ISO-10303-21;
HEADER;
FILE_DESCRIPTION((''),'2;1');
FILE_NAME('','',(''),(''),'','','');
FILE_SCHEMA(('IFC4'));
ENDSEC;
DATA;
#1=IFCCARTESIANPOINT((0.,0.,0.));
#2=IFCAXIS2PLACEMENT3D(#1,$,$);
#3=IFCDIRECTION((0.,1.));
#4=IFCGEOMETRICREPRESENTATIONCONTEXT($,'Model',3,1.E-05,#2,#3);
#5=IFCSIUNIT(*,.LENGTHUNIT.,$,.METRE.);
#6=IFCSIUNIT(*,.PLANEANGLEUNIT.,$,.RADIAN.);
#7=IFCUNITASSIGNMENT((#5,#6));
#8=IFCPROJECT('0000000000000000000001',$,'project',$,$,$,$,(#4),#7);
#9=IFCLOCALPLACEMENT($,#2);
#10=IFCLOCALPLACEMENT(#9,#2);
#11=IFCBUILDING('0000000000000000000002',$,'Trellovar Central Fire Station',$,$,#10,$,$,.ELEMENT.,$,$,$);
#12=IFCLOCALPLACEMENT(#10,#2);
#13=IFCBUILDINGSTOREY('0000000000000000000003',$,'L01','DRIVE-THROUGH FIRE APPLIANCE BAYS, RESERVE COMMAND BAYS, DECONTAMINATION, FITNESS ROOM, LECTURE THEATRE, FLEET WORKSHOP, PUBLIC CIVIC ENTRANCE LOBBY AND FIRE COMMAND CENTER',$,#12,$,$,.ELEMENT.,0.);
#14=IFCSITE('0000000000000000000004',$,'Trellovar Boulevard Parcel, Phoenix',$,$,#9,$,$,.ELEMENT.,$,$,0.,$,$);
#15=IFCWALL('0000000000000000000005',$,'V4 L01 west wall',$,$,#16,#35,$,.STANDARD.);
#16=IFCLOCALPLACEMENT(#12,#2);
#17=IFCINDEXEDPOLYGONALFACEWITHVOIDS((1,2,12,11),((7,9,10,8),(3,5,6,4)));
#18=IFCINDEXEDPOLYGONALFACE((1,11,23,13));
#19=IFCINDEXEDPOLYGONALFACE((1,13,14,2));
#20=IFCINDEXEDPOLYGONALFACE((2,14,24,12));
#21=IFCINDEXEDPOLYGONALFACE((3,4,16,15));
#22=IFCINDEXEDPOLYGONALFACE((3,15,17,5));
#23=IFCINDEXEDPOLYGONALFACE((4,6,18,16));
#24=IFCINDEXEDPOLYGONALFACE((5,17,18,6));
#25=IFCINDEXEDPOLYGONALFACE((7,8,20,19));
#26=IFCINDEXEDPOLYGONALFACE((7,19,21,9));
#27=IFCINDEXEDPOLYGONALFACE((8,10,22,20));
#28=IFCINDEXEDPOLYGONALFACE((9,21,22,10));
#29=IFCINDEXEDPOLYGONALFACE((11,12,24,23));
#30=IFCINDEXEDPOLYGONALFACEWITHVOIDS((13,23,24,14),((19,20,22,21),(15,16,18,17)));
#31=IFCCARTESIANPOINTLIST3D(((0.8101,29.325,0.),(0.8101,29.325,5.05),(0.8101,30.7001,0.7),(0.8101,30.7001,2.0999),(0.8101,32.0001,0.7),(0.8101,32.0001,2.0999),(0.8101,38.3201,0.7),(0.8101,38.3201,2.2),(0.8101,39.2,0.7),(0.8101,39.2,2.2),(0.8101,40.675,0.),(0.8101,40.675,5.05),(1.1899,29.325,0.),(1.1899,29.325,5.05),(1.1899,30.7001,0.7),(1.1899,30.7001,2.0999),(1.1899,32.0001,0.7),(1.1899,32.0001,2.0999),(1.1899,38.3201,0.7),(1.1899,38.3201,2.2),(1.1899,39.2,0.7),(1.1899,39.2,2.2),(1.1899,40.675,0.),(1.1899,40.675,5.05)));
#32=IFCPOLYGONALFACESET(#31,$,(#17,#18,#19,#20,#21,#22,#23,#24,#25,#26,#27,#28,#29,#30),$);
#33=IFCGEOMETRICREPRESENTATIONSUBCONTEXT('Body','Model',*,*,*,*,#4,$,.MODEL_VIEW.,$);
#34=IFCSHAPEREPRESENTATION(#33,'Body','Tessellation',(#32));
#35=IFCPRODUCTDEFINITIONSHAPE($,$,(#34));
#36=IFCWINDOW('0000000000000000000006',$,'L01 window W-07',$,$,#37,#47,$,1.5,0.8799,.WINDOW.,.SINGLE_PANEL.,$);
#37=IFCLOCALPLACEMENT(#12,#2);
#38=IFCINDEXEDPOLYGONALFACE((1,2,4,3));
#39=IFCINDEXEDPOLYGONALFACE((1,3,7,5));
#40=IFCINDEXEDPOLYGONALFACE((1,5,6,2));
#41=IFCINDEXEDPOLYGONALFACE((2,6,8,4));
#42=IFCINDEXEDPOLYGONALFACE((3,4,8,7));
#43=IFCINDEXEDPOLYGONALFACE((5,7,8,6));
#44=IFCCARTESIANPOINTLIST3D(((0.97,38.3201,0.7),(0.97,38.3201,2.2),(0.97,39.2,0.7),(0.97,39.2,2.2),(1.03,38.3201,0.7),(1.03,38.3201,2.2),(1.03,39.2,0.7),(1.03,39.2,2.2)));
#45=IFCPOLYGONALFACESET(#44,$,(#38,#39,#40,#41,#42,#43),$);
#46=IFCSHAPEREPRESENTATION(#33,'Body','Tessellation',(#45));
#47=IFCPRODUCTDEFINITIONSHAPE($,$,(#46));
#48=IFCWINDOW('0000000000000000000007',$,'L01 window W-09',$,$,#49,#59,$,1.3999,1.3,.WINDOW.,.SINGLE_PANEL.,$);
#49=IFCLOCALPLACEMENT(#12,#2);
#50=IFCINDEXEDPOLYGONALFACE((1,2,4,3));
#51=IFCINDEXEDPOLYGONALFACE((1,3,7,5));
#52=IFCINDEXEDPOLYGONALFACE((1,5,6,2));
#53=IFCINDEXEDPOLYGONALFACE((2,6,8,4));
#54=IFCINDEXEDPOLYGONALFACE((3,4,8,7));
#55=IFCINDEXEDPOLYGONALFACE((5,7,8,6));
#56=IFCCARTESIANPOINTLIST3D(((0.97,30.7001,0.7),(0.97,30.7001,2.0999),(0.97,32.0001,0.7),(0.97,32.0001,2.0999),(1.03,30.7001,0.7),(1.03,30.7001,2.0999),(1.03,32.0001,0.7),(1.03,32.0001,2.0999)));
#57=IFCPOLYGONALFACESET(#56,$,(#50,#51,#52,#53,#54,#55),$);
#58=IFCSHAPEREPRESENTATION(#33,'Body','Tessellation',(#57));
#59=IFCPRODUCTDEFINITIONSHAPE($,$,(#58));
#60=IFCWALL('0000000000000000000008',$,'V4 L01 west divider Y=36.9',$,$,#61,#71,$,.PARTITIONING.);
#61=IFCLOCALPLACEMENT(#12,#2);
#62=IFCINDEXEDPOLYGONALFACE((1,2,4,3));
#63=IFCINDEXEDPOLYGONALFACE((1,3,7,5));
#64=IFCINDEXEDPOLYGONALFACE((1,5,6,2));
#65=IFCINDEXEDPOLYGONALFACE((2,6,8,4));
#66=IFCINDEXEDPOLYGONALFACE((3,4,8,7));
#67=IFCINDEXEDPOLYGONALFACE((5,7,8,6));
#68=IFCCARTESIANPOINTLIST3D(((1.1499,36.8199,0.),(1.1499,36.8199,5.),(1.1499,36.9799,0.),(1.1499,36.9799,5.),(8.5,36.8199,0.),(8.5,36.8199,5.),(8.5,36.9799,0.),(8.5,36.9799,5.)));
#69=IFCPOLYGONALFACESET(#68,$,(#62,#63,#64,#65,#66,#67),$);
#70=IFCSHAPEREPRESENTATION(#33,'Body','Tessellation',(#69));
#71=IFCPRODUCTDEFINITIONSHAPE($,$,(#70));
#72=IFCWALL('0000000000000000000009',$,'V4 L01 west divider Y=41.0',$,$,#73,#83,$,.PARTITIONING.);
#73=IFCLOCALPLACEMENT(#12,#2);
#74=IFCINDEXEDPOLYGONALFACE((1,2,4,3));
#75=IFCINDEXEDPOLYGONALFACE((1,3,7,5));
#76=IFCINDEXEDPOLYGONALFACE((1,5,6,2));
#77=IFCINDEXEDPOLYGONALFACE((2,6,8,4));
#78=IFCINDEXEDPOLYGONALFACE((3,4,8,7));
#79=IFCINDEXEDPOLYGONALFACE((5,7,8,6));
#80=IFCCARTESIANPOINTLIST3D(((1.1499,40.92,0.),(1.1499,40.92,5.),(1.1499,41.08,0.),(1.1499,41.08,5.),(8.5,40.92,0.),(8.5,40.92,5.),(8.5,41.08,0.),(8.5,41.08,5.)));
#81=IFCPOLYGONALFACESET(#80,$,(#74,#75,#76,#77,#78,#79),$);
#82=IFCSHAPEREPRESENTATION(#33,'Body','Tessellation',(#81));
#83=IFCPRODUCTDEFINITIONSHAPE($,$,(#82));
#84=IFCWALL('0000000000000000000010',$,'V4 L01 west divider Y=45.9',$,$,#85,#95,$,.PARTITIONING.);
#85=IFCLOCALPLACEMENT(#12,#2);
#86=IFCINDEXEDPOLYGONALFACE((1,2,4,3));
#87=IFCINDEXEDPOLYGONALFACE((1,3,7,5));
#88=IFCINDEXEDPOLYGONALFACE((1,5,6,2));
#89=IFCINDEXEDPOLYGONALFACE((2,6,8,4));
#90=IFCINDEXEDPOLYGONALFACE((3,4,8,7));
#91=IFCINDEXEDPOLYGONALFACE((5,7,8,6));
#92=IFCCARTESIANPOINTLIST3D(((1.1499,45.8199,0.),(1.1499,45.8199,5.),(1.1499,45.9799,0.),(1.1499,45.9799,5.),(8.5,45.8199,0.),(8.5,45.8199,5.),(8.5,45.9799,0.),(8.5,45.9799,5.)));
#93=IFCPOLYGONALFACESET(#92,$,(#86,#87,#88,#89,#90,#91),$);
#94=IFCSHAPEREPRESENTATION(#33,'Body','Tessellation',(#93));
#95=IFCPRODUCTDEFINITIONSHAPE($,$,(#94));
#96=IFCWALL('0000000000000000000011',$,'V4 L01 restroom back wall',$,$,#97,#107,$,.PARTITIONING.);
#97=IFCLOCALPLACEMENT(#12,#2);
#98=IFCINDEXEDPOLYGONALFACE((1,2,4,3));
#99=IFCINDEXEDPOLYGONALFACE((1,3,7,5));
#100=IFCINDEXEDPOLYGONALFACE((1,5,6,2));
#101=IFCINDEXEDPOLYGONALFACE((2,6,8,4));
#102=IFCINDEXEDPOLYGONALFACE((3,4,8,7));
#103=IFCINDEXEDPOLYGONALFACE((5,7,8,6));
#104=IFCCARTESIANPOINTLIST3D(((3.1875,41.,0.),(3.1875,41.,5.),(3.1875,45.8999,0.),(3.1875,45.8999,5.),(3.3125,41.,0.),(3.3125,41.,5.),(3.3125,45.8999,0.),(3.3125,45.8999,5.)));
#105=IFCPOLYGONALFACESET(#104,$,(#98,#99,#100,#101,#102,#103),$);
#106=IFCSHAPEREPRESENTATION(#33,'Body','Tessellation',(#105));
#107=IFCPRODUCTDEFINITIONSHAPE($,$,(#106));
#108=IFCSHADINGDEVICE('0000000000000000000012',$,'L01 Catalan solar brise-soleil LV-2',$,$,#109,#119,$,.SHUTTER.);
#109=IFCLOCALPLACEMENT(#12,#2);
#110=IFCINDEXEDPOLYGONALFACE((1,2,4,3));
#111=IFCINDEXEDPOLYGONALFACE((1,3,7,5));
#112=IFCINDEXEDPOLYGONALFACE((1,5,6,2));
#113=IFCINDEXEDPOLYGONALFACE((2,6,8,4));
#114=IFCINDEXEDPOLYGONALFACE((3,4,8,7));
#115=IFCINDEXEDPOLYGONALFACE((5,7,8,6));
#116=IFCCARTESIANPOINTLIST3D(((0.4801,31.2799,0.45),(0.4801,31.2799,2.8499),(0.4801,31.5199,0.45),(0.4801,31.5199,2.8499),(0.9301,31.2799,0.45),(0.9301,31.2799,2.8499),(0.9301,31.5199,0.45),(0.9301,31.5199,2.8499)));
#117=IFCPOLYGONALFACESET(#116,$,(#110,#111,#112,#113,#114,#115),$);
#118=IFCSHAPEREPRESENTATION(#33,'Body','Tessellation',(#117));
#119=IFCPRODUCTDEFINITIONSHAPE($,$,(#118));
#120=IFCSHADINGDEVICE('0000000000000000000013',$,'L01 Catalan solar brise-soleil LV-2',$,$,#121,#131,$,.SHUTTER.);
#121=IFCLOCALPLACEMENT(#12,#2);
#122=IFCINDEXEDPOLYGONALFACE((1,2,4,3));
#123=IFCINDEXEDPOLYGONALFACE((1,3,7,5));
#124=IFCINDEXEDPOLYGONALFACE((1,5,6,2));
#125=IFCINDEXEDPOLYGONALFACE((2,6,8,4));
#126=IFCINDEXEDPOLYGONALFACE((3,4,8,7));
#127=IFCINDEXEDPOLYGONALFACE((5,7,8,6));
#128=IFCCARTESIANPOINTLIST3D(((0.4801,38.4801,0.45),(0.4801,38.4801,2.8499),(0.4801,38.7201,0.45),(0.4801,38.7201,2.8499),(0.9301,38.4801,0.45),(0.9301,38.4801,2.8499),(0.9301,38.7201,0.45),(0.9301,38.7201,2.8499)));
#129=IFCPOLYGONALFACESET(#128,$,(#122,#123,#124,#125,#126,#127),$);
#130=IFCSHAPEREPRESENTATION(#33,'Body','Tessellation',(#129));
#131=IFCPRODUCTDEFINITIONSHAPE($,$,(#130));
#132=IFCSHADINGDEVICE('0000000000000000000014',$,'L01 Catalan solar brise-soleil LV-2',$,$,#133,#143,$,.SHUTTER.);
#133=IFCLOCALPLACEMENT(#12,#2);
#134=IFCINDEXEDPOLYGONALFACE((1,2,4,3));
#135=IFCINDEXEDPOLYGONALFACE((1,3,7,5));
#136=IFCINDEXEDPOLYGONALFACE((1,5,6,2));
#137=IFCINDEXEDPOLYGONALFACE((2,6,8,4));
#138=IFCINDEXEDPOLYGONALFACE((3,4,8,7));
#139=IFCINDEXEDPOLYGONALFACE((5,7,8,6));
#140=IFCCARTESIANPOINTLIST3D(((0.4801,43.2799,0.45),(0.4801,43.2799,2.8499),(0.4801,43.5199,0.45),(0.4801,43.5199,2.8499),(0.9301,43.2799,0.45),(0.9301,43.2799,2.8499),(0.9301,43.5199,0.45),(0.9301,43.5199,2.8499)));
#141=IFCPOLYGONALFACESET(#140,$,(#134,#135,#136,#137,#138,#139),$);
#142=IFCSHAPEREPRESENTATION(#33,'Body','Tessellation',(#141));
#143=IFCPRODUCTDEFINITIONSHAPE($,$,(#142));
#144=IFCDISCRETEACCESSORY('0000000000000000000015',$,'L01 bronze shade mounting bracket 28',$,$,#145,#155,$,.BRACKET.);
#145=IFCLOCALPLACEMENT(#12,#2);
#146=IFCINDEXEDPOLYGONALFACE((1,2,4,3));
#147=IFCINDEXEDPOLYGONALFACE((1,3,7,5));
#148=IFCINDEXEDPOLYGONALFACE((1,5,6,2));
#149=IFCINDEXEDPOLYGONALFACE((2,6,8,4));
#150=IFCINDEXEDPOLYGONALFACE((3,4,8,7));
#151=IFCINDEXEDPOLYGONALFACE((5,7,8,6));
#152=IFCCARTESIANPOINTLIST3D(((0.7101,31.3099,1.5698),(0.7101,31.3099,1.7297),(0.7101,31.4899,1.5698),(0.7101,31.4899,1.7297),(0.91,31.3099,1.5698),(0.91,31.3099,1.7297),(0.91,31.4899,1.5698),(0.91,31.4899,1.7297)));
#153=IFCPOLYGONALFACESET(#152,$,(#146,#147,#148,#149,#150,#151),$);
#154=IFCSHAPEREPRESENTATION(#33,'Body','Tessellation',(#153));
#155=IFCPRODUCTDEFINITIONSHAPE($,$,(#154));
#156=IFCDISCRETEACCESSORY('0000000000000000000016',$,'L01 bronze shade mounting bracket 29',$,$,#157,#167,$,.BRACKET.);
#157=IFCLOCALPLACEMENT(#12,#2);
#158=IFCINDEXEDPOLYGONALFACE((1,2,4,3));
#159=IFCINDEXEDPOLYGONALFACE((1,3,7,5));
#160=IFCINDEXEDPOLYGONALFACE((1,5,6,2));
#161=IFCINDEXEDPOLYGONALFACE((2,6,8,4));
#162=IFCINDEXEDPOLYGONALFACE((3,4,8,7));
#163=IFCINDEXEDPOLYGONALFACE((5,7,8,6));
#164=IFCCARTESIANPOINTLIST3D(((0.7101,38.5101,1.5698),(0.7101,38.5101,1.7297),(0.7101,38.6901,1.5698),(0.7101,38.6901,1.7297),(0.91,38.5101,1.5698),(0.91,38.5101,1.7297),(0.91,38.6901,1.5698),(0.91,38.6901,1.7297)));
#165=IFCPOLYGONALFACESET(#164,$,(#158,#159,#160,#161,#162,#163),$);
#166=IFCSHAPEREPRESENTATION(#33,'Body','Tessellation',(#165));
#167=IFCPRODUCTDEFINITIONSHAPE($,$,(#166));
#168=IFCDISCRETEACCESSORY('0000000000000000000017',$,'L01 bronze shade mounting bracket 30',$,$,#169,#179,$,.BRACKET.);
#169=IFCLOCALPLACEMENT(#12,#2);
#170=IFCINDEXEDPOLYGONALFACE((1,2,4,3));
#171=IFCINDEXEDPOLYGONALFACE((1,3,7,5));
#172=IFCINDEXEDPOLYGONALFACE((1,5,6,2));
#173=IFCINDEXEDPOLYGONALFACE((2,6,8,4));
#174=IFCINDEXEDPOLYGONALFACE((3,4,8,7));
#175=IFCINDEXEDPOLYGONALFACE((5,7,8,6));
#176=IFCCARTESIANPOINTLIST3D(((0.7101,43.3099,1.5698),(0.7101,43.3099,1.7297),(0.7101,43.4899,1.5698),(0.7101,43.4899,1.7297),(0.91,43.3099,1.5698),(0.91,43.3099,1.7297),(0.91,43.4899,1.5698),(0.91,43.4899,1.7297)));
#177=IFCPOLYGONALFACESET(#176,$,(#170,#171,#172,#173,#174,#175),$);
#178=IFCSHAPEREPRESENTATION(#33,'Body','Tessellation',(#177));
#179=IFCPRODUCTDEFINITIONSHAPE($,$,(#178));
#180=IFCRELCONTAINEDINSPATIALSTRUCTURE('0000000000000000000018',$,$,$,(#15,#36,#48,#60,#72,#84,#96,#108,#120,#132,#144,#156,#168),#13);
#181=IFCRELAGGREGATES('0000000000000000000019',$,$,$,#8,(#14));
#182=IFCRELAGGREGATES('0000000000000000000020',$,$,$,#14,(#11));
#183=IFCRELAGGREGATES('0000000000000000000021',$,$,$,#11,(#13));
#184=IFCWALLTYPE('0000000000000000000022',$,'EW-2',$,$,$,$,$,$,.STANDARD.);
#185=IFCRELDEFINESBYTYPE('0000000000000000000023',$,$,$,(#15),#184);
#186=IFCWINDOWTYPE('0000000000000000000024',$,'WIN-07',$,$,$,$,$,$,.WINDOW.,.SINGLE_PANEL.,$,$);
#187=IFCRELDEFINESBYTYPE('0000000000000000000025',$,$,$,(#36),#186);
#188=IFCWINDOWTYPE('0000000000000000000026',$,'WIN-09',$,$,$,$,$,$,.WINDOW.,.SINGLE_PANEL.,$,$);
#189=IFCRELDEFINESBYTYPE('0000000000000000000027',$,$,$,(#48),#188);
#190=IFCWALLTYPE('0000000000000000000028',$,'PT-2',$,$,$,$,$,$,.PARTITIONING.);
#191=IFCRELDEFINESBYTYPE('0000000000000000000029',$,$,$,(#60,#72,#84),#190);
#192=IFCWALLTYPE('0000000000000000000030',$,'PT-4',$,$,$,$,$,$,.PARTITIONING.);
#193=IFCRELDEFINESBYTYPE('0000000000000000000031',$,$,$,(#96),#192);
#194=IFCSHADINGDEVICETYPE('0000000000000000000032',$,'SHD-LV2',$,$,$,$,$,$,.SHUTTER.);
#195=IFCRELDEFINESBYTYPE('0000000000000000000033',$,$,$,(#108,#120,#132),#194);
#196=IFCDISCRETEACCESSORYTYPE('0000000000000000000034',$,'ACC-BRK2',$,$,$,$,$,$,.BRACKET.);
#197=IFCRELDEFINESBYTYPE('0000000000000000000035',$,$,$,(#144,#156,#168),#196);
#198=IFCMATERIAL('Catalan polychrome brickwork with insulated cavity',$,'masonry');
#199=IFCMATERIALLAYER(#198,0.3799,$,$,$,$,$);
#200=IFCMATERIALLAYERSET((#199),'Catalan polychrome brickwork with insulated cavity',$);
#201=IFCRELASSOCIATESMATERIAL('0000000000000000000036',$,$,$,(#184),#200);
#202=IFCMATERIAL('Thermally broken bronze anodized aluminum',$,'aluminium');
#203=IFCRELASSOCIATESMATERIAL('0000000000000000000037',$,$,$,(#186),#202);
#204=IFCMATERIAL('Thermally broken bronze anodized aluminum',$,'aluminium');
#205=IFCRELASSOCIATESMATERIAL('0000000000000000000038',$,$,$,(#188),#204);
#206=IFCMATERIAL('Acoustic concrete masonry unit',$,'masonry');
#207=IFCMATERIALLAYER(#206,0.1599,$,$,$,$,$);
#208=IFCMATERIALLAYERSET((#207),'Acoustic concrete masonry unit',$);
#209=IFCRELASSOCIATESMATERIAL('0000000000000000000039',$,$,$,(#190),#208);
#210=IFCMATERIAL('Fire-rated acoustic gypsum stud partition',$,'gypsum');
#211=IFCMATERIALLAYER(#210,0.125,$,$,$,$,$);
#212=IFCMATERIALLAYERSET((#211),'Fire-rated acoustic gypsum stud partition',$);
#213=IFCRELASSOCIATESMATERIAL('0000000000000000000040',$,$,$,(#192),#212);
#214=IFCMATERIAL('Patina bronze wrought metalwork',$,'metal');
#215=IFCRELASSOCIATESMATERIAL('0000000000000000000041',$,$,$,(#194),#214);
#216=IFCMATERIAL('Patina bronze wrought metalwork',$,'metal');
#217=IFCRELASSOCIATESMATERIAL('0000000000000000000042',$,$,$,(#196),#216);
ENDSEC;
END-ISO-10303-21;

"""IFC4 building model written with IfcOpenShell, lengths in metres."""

from ifc_helpers import new_model, si_unit, direction, frame, frame_2d, origin, origin_2d, place, context, subcontext, project, spatial, rectangle, extrude, material, layer, layer_set, type_object, element, fill, save


model = new_model("IFC4")

# Units and contexts
model_context = context("Model", 3, precision=1e-05, world=origin(), true_north=direction((0.0, 1.0)))
body_context = subcontext(model_context, "Body", "Model", "MODEL_VIEW")
ifc_project = project(units=[si_unit("LENGTHUNIT", "METRE"), si_unit("PLANEANGLEUNIT", "RADIAN")], contexts=[model_context])

# Site, building, storey
site_placement = place(None, origin())
site = spatial("IfcSite", under=ifc_project, at=site_placement, Name="Trellovar Boulevard Parcel, Phoenix", CompositionType="ELEMENT", RefElevation=0.0)
building_placement = place(site_placement, origin())
building = spatial("IfcBuilding", under=site, at=building_placement, Name="Trellovar Central Fire Station", CompositionType="ELEMENT")
storey_placement = place(building_placement, origin())
storey = spatial("IfcBuildingStorey", under=building, at=storey_placement, Name="L01", Description="DRIVE-THROUGH FIRE APPLIANCE BAYS, RESERVE COMMAND BAYS, DECONTAMINATION, FITNESS ROOM, LECTURE THEATRE, FLEET WORKSHOP, PUBLIC CIVIC ENTRANCE LOBBY AND FIRE COMMAND CENTER", CompositionType="ELEMENT", Elevation=0.0)

# Wall, openings, windows
ifc_material_1 = material(Name="Catalan polychrome brickwork with insulated cavity", Category="masonry")
ifc_layer_1 = layer(ifc_material_1, 0.3799)
ifc_layer_set_1 = layer_set([ifc_layer_1], Name="Catalan polychrome brickwork with insulated cavity")
wall_type_1 = type_object("IfcWallType", Name="EW-2", PredefinedType="STANDARD", material=ifc_layer_set_1)
wall_1_placement = place(storey_placement, frame((1.0, 40.675, 0.0), z_axis=(0.0, 0.0, 1.0), x_axis=(0.0, -1.0, 0.0)))
wall_1 = element("IfcWall", 1, at=wall_1_placement, inside=storey, type_object=wall_type_1, Name="V4 L01 west wall", PredefinedType="STANDARD", context=body_context, shape_type="SweptSolid", body=[
    extrude(rectangle(XDim=11.3501, YDim=0.3799, at=frame_2d((5.675, 0.0))), origin(), (0.0, 0.0, 1.0), 5.05),
])
opening_1_placement = place(wall_1_placement, frame((1.4751, 0.0, 0.7)))
opening_1 = element("IfcOpeningElement", 2, at=opening_1_placement, cuts=wall_1, PredefinedType="OPENING", context=body_context, shape_type="SweptSolid", body=[
    extrude(rectangle(XDim=0.8799, YDim=1.5, at=frame_2d((0.4399, 0.75))), frame((0.0, 0.2, 0.0), z_axis=(0.0, -1.0, 0.0), x_axis=(1.0, 0.0, 0.0)), (0.0, 0.0, 1.0), 0.3999),
])
opening_2_placement = place(wall_1_placement, frame((8.675, 0.0, 0.7)))
opening_2 = element("IfcOpeningElement", 3, at=opening_2_placement, cuts=wall_1, PredefinedType="OPENING", context=body_context, shape_type="SweptSolid", body=[
    extrude(rectangle(XDim=1.3, YDim=1.3999, at=frame_2d((0.6499, 0.7))), frame((0.0, 0.2, 0.0), z_axis=(0.0, -1.0, 0.0), x_axis=(1.0, 0.0, 0.0)), (0.0, 0.0, 1.0), 0.3999),
])
ifc_material_2 = material(Name="Thermally broken bronze anodized aluminum", Category="aluminium")
window_type_1 = type_object("IfcWindowType", Name="WIN-07", PartitioningType="SINGLE_PANEL", PredefinedType="WINDOW", material=ifc_material_2)
window_1_placement = place(opening_1_placement, origin())
window_1 = element("IfcWindow", 4, at=window_1_placement, inside=storey, type_object=window_type_1, Name="L01 window W-07", OverallHeight=1.5, OverallWidth=0.8799, PartitioningType="SINGLE_PANEL", PredefinedType="WINDOW", context=body_context, shape_type="SweptSolid", body=[
    extrude(rectangle(XDim=0.8799, YDim=1.5, at=frame_2d((0.4399, 0.75))), frame((0.0, 0.03, 0.0), z_axis=(0.0, -1.0, 0.0), x_axis=(1.0, 0.0, 0.0)), (0.0, 0.0, 1.0), 0.0601),
])
fill(opening_1, window_1)
ifc_material_3 = material(Name="Thermally broken bronze anodized aluminum", Category="aluminium")
window_type_2 = type_object("IfcWindowType", Name="WIN-09", PartitioningType="SINGLE_PANEL", PredefinedType="WINDOW", material=ifc_material_3)
window_2_placement = place(opening_2_placement, origin())
window_2 = element("IfcWindow", 5, at=window_2_placement, inside=storey, type_object=window_type_2, Name="L01 window W-09", OverallHeight=1.3999, OverallWidth=1.3, PartitioningType="SINGLE_PANEL", PredefinedType="WINDOW", context=body_context, shape_type="SweptSolid", body=[
    extrude(rectangle(XDim=1.3, YDim=1.3999, at=frame_2d((0.6499, 0.7))), frame((0.0, 0.03, 0.0), z_axis=(0.0, -1.0, 0.0), x_axis=(1.0, 0.0, 0.0)), (0.0, 0.0, 1.0), 0.0601),
])
fill(opening_2, window_2)

# Walls
ifc_material_4 = material(Name="Acoustic concrete masonry unit", Category="masonry")
ifc_layer_2 = layer(ifc_material_4, 0.1599)
ifc_layer_set_2 = layer_set([ifc_layer_2], Name="Acoustic concrete masonry unit")
wall_type_2 = type_object("IfcWallType", Name="PT-2", PredefinedType="PARTITIONING", material=ifc_layer_set_2)
for number, where, z_axis, x_axis, name in (
    (6, (1.1499, 36.8999, 0.0), (0.0, 0.0, 1.0), (1.0, 0.0, 0.0), "V4 L01 west divider Y=36.9"),
    (7, (1.1499, 41.0, 0.0), (0.0, 0.0, 1.0), (1.0, 0.0, 0.0), "V4 L01 west divider Y=41.0"),
    (8, (1.1499, 45.8999, 0.0), (0.0, 0.0, 1.0), (1.0, 0.0, 0.0), "V4 L01 west divider Y=45.9"),
):
    element("IfcWall", number, at=place(storey_placement, frame(where, z_axis=z_axis, x_axis=x_axis)), inside=storey, type_object=wall_type_2, Name=name, PredefinedType="PARTITIONING", context=body_context, shape_type="SweptSolid", body=[
        extrude(rectangle(XDim=7.3501, YDim=0.1599, at=frame_2d((3.675, 0.0))), origin(), (0.0, 0.0, 1.0), 5.0),
    ])
ifc_material_5 = material(Name="Fire-rated acoustic gypsum stud partition", Category="gypsum")
ifc_layer_3 = layer(ifc_material_5, 0.125)
ifc_layer_set_3 = layer_set([ifc_layer_3], Name="Fire-rated acoustic gypsum stud partition")
wall_type_3 = type_object("IfcWallType", Name="PT-4", PredefinedType="PARTITIONING", material=ifc_layer_set_3)
wall_2_placement = place(storey_placement, frame((3.25, 41.0, 0.0), z_axis=(0.0, 0.0, 1.0), x_axis=(0.0, 1.0, 0.0)))
element("IfcWall", 9, at=wall_2_placement, inside=storey, type_object=wall_type_3, Name="V4 L01 restroom back wall", PredefinedType="PARTITIONING", context=body_context, shape_type="SweptSolid", body=[
    extrude(rectangle(XDim=4.8999, YDim=0.125, at=frame_2d((2.45, 0.0))), origin(), (0.0, 0.0, 1.0), 5.0),
])

# Shading devices
ifc_material_6 = material(Name="Patina bronze wrought metalwork", Category="metal")
shading_device_type = type_object("IfcShadingDeviceType", Name="SHD-LV2", PredefinedType="SHUTTER", material=ifc_material_6)
for number, where, z_axis, x_axis, name in (
    (10, (0.7051, 31.3999, 0.45), (0.0, 0.0, 1.0), (1.0, 0.0, 0.0), "L01 Catalan solar brise-soleil LV-2"),
    (11, (0.7051, 38.6001, 0.45), (0.0, 0.0, 1.0), (1.0, 0.0, 0.0), "L01 Catalan solar brise-soleil LV-2"),
    (12, (0.7051, 43.3999, 0.45), (0.0, 0.0, 1.0), (1.0, 0.0, 0.0), "L01 Catalan solar brise-soleil LV-2"),
):
    element("IfcShadingDevice", number, at=place(storey_placement, frame(where, z_axis=z_axis, x_axis=x_axis)), inside=storey, type_object=shading_device_type, Name=name, PredefinedType="SHUTTER", context=body_context, shape_type="SweptSolid", body=[
        extrude(rectangle(XDim=0.45, YDim=0.24, at=origin_2d()), origin(), (0.0, 0.0, 1.0), 2.3999),
    ])

# Discrete accessories
ifc_material_7 = material(Name="Patina bronze wrought metalwork", Category="metal")
discrete_accessory_type = type_object("IfcDiscreteAccessoryType", Name="ACC-BRK2", PredefinedType="BRACKET", material=ifc_material_7)
for number, where, z_axis, x_axis, name in (
    (13, (0.8101, 31.3999, 1.5698), (0.0, 0.0, 1.0), (1.0, 0.0, 0.0), "L01 bronze shade mounting bracket 28"),
    (14, (0.8101, 38.6001, 1.5698), (0.0, 0.0, 1.0), (1.0, 0.0, 0.0), "L01 bronze shade mounting bracket 29"),
    (15, (0.8101, 43.3999, 1.5698), (0.0, 0.0, 1.0), (1.0, 0.0, 0.0), "L01 bronze shade mounting bracket 30"),
):
    element("IfcDiscreteAccessory", number, at=place(storey_placement, frame(where, z_axis=z_axis, x_axis=x_axis)), inside=storey, type_object=discrete_accessory_type, Name=name, PredefinedType="BRACKET", context=body_context, shape_type="SweptSolid", body=[
        extrude(rectangle(XDim=0.2, YDim=0.1799, at=origin_2d()), origin(), (0.0, 0.0, 1.0), 0.1599),
    ])

save(model, "model.ifc")
